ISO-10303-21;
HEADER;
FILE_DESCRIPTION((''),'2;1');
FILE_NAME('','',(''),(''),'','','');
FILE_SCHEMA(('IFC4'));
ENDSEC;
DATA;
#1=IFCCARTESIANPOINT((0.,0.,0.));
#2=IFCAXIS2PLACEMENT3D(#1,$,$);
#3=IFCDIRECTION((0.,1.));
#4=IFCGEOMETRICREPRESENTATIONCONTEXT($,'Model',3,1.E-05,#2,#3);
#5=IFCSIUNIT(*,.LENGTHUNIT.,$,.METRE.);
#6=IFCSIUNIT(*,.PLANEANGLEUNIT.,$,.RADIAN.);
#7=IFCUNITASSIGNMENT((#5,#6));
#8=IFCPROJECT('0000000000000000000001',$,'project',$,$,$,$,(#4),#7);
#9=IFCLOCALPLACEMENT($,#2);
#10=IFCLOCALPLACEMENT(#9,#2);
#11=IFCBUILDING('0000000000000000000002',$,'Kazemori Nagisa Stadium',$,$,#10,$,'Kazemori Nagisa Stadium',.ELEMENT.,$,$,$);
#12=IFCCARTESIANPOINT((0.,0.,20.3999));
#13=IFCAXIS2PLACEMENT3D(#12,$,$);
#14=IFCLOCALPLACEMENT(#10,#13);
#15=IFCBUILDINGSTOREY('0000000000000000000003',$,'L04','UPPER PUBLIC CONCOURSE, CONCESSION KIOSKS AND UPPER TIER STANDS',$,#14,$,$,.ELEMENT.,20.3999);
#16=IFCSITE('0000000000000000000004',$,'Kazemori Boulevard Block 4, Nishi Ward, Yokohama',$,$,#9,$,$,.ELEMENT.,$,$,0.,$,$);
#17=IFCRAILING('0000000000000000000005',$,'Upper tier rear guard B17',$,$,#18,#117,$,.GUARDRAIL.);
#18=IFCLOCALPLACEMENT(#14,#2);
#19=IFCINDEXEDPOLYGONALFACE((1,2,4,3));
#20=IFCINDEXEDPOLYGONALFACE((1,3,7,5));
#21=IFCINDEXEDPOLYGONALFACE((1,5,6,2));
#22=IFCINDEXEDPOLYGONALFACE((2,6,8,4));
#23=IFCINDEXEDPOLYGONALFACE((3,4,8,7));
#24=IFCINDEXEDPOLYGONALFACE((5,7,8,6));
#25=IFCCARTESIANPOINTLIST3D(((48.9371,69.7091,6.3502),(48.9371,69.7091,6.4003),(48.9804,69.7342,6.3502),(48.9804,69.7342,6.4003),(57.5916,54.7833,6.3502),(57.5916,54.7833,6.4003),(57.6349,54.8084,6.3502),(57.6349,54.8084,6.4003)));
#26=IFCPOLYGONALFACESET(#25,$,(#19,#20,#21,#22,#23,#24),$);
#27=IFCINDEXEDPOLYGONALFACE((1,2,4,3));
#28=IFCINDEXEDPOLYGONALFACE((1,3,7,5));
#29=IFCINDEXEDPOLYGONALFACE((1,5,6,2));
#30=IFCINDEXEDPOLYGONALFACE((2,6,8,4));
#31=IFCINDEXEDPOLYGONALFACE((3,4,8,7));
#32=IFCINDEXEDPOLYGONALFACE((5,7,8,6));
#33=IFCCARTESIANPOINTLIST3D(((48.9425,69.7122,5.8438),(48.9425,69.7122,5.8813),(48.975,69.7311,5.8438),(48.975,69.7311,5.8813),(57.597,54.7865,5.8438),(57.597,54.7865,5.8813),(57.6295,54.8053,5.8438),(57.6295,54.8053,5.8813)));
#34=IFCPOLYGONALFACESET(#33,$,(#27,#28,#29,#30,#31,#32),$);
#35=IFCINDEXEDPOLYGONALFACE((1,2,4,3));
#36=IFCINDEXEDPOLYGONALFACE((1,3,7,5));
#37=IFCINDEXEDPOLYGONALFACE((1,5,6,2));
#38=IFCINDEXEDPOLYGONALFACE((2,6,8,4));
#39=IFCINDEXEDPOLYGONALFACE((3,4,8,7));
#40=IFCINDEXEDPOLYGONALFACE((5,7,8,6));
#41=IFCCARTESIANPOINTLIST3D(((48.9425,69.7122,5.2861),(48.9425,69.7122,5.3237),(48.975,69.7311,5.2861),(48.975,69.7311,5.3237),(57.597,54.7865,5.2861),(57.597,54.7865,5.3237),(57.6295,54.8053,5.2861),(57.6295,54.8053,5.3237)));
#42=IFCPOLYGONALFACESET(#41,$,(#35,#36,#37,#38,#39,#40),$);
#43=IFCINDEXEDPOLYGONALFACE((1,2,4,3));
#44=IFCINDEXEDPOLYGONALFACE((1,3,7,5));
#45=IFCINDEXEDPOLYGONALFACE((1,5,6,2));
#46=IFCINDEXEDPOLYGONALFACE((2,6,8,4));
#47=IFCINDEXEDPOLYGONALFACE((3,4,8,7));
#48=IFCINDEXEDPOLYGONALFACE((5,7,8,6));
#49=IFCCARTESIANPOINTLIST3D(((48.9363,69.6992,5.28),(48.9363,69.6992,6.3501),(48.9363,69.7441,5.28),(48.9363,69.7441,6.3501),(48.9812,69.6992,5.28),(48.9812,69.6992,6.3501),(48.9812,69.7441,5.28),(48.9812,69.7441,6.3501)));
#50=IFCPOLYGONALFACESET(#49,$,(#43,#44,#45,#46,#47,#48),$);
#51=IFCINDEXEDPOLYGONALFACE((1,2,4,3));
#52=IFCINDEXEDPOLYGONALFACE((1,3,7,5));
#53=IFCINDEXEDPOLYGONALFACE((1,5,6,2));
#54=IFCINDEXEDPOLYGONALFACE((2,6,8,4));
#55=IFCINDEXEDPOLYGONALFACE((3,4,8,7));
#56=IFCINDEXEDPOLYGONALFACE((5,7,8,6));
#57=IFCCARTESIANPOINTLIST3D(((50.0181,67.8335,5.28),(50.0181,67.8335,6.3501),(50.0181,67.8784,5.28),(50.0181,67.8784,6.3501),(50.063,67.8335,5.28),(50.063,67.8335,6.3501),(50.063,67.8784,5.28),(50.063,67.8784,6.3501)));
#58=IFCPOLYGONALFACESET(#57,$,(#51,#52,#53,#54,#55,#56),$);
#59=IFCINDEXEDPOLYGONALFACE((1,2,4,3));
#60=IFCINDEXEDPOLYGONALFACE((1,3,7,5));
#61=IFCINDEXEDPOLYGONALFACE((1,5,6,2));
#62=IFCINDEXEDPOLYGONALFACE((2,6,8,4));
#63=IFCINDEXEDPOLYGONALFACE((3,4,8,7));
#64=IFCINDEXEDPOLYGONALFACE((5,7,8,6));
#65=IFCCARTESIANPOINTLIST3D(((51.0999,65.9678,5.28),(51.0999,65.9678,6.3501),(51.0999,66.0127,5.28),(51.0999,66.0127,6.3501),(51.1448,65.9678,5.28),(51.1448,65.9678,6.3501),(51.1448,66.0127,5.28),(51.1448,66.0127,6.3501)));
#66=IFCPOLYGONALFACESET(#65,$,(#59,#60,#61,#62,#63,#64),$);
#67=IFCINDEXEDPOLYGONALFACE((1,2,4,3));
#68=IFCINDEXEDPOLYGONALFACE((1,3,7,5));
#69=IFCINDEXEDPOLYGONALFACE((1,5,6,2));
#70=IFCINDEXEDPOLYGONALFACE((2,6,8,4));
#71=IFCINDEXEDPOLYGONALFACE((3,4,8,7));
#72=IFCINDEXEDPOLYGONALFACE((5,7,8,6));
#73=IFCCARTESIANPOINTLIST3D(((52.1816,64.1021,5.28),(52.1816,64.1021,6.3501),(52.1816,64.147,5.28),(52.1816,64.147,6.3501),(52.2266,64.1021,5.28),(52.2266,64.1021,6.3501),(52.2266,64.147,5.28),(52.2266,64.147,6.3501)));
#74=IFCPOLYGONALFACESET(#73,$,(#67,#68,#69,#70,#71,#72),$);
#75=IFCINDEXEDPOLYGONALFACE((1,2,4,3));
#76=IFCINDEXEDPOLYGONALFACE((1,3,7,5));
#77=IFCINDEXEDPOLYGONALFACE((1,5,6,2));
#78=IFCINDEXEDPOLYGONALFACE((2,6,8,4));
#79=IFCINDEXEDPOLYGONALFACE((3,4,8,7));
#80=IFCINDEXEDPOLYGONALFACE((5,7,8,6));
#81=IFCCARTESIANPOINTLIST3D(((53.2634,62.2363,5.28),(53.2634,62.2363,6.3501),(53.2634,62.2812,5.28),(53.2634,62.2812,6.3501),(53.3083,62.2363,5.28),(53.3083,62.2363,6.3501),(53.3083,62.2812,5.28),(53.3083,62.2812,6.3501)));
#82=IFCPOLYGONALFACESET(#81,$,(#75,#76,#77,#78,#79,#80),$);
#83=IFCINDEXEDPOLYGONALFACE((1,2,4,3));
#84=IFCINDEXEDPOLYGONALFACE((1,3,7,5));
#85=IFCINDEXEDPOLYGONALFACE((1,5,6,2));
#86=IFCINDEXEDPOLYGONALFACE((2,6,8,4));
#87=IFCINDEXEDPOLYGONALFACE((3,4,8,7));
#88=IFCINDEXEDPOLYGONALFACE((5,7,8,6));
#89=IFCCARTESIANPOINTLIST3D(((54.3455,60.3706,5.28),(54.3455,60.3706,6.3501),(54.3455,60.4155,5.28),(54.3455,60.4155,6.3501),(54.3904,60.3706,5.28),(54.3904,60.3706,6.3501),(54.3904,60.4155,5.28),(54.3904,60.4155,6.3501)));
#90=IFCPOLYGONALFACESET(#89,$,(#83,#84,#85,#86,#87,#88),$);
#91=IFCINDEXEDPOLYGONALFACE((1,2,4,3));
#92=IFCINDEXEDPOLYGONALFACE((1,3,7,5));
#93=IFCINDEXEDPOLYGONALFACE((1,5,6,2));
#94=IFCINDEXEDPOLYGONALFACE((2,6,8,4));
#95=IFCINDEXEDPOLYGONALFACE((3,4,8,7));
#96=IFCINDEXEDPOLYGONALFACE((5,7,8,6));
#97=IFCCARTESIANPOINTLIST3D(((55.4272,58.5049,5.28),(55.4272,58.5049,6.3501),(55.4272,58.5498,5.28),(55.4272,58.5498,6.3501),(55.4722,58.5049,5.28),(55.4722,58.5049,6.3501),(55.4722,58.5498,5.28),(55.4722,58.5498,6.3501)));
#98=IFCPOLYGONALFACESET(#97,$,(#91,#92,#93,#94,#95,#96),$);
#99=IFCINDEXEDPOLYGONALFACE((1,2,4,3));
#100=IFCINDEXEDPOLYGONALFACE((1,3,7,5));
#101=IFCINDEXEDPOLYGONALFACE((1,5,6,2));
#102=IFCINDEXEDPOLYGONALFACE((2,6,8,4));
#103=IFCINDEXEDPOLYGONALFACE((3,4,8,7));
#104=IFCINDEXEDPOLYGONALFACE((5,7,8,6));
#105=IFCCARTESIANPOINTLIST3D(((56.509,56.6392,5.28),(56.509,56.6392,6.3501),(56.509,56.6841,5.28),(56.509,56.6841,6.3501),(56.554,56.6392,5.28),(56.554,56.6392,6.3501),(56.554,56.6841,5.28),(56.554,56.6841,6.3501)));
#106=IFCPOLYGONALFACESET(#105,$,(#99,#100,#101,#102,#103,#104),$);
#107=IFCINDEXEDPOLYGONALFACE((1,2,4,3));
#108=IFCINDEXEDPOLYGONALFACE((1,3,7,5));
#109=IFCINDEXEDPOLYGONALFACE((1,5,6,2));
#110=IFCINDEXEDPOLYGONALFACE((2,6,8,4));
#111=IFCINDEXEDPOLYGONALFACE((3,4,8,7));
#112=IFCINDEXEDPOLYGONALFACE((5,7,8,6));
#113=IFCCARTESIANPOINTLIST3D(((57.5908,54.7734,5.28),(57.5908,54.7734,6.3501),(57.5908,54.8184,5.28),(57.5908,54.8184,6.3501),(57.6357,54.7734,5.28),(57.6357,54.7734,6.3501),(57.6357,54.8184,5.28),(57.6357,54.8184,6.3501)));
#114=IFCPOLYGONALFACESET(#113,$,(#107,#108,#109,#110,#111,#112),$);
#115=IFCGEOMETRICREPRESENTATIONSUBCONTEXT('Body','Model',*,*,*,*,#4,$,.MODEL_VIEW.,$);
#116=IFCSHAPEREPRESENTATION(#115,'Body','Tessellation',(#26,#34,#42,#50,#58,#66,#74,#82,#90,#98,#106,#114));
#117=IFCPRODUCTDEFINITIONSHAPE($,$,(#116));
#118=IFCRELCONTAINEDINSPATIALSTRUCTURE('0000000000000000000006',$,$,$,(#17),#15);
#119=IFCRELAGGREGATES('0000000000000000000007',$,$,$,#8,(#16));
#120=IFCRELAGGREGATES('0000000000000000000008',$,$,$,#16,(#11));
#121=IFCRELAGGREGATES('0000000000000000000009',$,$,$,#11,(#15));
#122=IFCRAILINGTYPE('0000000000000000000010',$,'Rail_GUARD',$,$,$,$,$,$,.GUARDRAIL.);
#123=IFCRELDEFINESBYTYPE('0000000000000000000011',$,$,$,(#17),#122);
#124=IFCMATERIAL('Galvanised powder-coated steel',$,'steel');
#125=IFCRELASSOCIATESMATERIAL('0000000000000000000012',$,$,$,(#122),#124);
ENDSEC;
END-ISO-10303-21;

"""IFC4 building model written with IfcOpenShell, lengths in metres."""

from ifc_helpers import new_model, si_unit, direction, frame, origin, origin_2d, place, context, subcontext, project, spatial, rectangle, extrude, material, type_object, element, save


model = new_model("IFC4")

# Units and contexts
model_context = context("Model", 3, precision=1e-05, world=origin(), true_north=direction((0.0, 1.0)))
body_context = subcontext(model_context, "Body", "Model", "MODEL_VIEW")
ifc_project = project(units=[si_unit("LENGTHUNIT", "METRE"), si_unit("PLANEANGLEUNIT", "RADIAN")], contexts=[model_context])

# Site, building, storey
site_placement = place(None, origin())
site = spatial("IfcSite", under=ifc_project, at=site_placement, Name="Kazemori Boulevard Block 4, Nishi Ward, Yokohama", CompositionType="ELEMENT", RefElevation=0.0)
building_placement = place(site_placement, origin())
building = spatial("IfcBuilding", under=site, at=building_placement, Name="Kazemori Nagisa Stadium", LongName="Kazemori Nagisa Stadium", CompositionType="ELEMENT")
storey_placement = place(building_placement, frame((0.0, 0.0, 20.3999)))
storey = spatial("IfcBuildingStorey", under=building, at=storey_placement, Name="L04", Description="UPPER PUBLIC CONCOURSE, CONCESSION KIOSKS AND UPPER TIER STANDS", CompositionType="ELEMENT", Elevation=20.3999)

# Railing
ifc_material_1 = material(Name="Galvanised powder-coated steel", Category="steel")
railing_type_1 = type_object("IfcRailingType", Name="Rail_GUARD", PredefinedType="GUARDRAIL", material=ifc_material_1)
railing_1_placement = place(storey_placement, frame((48.9587, 69.7217, 5.28)))
element("IfcRailing", 1, at=railing_1_placement, inside=storey, type_object=railing_type_1, Name="Upper tier rear guard B17", PredefinedType="GUARDRAIL", context=body_context, shape_type="SweptSolid", body=[
    extrude(rectangle(XDim=0.05, YDim=0.05, at=origin_2d()), frame((0.0, 0.0, 1.0952), z_axis=(0.501613, -0.865092, 0.0), x_axis=(0.865092, 0.501613, 0.0)), (0.0, 0.0, 1.0), 17.2534),
    extrude(rectangle(XDim=0.0376, YDim=0.0376, at=origin_2d()), frame((0.0, 0.0, 0.5825), z_axis=(0.501613, -0.865092, 0.0), x_axis=(0.865092, 0.501613, 0.0)), (0.0, 0.0, 1.0), 17.2534),
    extrude(rectangle(XDim=0.0376, YDim=0.0376, at=origin_2d()), frame((0.0, 0.0, 0.0249), z_axis=(0.501613, -0.865092, 0.0), x_axis=(0.865092, 0.501613, 0.0)), (0.0, 0.0, 1.0), 17.2534),
    extrude(rectangle(XDim=0.0449, YDim=0.0449, at=origin_2d()), origin(), (0.0, 0.0, 1.0), 1.0701),
    extrude(rectangle(XDim=0.0449, YDim=0.0449, at=origin_2d()), frame((1.0818, -1.8657, 0.0)), (0.0, 0.0, 1.0), 1.0701),
    extrude(rectangle(XDim=0.0449, YDim=0.0449, at=origin_2d()), frame((2.1636, -3.7314, 0.0)), (0.0, 0.0, 1.0), 1.0701),
    extrude(rectangle(XDim=0.0449, YDim=0.0449, at=origin_2d()), frame((3.2454, -5.5972, 0.0)), (0.0, 0.0, 1.0), 1.0701),
    extrude(rectangle(XDim=0.0449, YDim=0.0449, at=origin_2d()), frame((4.3271, -7.4629, 0.0)), (0.0, 0.0, 1.0), 1.0701),
    extrude(rectangle(XDim=0.0449, YDim=0.0449, at=origin_2d()), frame((5.4092, -9.3286, 0.0)), (0.0, 0.0, 1.0), 1.0701),
    extrude(rectangle(XDim=0.0449, YDim=0.0449, at=origin_2d()), frame((6.491, -11.1943, 0.0)), (0.0, 0.0, 1.0), 1.0701),
    extrude(rectangle(XDim=0.0449, YDim=0.0449, at=origin_2d()), frame((7.5728, -13.0601, 0.0)), (0.0, 0.0, 1.0), 1.0701),
    extrude(rectangle(XDim=0.0449, YDim=0.0449, at=origin_2d()), frame((8.6545, -14.9258, 0.0)), (0.0, 0.0, 1.0), 1.0701),
])

save(model, "model.ifc")
